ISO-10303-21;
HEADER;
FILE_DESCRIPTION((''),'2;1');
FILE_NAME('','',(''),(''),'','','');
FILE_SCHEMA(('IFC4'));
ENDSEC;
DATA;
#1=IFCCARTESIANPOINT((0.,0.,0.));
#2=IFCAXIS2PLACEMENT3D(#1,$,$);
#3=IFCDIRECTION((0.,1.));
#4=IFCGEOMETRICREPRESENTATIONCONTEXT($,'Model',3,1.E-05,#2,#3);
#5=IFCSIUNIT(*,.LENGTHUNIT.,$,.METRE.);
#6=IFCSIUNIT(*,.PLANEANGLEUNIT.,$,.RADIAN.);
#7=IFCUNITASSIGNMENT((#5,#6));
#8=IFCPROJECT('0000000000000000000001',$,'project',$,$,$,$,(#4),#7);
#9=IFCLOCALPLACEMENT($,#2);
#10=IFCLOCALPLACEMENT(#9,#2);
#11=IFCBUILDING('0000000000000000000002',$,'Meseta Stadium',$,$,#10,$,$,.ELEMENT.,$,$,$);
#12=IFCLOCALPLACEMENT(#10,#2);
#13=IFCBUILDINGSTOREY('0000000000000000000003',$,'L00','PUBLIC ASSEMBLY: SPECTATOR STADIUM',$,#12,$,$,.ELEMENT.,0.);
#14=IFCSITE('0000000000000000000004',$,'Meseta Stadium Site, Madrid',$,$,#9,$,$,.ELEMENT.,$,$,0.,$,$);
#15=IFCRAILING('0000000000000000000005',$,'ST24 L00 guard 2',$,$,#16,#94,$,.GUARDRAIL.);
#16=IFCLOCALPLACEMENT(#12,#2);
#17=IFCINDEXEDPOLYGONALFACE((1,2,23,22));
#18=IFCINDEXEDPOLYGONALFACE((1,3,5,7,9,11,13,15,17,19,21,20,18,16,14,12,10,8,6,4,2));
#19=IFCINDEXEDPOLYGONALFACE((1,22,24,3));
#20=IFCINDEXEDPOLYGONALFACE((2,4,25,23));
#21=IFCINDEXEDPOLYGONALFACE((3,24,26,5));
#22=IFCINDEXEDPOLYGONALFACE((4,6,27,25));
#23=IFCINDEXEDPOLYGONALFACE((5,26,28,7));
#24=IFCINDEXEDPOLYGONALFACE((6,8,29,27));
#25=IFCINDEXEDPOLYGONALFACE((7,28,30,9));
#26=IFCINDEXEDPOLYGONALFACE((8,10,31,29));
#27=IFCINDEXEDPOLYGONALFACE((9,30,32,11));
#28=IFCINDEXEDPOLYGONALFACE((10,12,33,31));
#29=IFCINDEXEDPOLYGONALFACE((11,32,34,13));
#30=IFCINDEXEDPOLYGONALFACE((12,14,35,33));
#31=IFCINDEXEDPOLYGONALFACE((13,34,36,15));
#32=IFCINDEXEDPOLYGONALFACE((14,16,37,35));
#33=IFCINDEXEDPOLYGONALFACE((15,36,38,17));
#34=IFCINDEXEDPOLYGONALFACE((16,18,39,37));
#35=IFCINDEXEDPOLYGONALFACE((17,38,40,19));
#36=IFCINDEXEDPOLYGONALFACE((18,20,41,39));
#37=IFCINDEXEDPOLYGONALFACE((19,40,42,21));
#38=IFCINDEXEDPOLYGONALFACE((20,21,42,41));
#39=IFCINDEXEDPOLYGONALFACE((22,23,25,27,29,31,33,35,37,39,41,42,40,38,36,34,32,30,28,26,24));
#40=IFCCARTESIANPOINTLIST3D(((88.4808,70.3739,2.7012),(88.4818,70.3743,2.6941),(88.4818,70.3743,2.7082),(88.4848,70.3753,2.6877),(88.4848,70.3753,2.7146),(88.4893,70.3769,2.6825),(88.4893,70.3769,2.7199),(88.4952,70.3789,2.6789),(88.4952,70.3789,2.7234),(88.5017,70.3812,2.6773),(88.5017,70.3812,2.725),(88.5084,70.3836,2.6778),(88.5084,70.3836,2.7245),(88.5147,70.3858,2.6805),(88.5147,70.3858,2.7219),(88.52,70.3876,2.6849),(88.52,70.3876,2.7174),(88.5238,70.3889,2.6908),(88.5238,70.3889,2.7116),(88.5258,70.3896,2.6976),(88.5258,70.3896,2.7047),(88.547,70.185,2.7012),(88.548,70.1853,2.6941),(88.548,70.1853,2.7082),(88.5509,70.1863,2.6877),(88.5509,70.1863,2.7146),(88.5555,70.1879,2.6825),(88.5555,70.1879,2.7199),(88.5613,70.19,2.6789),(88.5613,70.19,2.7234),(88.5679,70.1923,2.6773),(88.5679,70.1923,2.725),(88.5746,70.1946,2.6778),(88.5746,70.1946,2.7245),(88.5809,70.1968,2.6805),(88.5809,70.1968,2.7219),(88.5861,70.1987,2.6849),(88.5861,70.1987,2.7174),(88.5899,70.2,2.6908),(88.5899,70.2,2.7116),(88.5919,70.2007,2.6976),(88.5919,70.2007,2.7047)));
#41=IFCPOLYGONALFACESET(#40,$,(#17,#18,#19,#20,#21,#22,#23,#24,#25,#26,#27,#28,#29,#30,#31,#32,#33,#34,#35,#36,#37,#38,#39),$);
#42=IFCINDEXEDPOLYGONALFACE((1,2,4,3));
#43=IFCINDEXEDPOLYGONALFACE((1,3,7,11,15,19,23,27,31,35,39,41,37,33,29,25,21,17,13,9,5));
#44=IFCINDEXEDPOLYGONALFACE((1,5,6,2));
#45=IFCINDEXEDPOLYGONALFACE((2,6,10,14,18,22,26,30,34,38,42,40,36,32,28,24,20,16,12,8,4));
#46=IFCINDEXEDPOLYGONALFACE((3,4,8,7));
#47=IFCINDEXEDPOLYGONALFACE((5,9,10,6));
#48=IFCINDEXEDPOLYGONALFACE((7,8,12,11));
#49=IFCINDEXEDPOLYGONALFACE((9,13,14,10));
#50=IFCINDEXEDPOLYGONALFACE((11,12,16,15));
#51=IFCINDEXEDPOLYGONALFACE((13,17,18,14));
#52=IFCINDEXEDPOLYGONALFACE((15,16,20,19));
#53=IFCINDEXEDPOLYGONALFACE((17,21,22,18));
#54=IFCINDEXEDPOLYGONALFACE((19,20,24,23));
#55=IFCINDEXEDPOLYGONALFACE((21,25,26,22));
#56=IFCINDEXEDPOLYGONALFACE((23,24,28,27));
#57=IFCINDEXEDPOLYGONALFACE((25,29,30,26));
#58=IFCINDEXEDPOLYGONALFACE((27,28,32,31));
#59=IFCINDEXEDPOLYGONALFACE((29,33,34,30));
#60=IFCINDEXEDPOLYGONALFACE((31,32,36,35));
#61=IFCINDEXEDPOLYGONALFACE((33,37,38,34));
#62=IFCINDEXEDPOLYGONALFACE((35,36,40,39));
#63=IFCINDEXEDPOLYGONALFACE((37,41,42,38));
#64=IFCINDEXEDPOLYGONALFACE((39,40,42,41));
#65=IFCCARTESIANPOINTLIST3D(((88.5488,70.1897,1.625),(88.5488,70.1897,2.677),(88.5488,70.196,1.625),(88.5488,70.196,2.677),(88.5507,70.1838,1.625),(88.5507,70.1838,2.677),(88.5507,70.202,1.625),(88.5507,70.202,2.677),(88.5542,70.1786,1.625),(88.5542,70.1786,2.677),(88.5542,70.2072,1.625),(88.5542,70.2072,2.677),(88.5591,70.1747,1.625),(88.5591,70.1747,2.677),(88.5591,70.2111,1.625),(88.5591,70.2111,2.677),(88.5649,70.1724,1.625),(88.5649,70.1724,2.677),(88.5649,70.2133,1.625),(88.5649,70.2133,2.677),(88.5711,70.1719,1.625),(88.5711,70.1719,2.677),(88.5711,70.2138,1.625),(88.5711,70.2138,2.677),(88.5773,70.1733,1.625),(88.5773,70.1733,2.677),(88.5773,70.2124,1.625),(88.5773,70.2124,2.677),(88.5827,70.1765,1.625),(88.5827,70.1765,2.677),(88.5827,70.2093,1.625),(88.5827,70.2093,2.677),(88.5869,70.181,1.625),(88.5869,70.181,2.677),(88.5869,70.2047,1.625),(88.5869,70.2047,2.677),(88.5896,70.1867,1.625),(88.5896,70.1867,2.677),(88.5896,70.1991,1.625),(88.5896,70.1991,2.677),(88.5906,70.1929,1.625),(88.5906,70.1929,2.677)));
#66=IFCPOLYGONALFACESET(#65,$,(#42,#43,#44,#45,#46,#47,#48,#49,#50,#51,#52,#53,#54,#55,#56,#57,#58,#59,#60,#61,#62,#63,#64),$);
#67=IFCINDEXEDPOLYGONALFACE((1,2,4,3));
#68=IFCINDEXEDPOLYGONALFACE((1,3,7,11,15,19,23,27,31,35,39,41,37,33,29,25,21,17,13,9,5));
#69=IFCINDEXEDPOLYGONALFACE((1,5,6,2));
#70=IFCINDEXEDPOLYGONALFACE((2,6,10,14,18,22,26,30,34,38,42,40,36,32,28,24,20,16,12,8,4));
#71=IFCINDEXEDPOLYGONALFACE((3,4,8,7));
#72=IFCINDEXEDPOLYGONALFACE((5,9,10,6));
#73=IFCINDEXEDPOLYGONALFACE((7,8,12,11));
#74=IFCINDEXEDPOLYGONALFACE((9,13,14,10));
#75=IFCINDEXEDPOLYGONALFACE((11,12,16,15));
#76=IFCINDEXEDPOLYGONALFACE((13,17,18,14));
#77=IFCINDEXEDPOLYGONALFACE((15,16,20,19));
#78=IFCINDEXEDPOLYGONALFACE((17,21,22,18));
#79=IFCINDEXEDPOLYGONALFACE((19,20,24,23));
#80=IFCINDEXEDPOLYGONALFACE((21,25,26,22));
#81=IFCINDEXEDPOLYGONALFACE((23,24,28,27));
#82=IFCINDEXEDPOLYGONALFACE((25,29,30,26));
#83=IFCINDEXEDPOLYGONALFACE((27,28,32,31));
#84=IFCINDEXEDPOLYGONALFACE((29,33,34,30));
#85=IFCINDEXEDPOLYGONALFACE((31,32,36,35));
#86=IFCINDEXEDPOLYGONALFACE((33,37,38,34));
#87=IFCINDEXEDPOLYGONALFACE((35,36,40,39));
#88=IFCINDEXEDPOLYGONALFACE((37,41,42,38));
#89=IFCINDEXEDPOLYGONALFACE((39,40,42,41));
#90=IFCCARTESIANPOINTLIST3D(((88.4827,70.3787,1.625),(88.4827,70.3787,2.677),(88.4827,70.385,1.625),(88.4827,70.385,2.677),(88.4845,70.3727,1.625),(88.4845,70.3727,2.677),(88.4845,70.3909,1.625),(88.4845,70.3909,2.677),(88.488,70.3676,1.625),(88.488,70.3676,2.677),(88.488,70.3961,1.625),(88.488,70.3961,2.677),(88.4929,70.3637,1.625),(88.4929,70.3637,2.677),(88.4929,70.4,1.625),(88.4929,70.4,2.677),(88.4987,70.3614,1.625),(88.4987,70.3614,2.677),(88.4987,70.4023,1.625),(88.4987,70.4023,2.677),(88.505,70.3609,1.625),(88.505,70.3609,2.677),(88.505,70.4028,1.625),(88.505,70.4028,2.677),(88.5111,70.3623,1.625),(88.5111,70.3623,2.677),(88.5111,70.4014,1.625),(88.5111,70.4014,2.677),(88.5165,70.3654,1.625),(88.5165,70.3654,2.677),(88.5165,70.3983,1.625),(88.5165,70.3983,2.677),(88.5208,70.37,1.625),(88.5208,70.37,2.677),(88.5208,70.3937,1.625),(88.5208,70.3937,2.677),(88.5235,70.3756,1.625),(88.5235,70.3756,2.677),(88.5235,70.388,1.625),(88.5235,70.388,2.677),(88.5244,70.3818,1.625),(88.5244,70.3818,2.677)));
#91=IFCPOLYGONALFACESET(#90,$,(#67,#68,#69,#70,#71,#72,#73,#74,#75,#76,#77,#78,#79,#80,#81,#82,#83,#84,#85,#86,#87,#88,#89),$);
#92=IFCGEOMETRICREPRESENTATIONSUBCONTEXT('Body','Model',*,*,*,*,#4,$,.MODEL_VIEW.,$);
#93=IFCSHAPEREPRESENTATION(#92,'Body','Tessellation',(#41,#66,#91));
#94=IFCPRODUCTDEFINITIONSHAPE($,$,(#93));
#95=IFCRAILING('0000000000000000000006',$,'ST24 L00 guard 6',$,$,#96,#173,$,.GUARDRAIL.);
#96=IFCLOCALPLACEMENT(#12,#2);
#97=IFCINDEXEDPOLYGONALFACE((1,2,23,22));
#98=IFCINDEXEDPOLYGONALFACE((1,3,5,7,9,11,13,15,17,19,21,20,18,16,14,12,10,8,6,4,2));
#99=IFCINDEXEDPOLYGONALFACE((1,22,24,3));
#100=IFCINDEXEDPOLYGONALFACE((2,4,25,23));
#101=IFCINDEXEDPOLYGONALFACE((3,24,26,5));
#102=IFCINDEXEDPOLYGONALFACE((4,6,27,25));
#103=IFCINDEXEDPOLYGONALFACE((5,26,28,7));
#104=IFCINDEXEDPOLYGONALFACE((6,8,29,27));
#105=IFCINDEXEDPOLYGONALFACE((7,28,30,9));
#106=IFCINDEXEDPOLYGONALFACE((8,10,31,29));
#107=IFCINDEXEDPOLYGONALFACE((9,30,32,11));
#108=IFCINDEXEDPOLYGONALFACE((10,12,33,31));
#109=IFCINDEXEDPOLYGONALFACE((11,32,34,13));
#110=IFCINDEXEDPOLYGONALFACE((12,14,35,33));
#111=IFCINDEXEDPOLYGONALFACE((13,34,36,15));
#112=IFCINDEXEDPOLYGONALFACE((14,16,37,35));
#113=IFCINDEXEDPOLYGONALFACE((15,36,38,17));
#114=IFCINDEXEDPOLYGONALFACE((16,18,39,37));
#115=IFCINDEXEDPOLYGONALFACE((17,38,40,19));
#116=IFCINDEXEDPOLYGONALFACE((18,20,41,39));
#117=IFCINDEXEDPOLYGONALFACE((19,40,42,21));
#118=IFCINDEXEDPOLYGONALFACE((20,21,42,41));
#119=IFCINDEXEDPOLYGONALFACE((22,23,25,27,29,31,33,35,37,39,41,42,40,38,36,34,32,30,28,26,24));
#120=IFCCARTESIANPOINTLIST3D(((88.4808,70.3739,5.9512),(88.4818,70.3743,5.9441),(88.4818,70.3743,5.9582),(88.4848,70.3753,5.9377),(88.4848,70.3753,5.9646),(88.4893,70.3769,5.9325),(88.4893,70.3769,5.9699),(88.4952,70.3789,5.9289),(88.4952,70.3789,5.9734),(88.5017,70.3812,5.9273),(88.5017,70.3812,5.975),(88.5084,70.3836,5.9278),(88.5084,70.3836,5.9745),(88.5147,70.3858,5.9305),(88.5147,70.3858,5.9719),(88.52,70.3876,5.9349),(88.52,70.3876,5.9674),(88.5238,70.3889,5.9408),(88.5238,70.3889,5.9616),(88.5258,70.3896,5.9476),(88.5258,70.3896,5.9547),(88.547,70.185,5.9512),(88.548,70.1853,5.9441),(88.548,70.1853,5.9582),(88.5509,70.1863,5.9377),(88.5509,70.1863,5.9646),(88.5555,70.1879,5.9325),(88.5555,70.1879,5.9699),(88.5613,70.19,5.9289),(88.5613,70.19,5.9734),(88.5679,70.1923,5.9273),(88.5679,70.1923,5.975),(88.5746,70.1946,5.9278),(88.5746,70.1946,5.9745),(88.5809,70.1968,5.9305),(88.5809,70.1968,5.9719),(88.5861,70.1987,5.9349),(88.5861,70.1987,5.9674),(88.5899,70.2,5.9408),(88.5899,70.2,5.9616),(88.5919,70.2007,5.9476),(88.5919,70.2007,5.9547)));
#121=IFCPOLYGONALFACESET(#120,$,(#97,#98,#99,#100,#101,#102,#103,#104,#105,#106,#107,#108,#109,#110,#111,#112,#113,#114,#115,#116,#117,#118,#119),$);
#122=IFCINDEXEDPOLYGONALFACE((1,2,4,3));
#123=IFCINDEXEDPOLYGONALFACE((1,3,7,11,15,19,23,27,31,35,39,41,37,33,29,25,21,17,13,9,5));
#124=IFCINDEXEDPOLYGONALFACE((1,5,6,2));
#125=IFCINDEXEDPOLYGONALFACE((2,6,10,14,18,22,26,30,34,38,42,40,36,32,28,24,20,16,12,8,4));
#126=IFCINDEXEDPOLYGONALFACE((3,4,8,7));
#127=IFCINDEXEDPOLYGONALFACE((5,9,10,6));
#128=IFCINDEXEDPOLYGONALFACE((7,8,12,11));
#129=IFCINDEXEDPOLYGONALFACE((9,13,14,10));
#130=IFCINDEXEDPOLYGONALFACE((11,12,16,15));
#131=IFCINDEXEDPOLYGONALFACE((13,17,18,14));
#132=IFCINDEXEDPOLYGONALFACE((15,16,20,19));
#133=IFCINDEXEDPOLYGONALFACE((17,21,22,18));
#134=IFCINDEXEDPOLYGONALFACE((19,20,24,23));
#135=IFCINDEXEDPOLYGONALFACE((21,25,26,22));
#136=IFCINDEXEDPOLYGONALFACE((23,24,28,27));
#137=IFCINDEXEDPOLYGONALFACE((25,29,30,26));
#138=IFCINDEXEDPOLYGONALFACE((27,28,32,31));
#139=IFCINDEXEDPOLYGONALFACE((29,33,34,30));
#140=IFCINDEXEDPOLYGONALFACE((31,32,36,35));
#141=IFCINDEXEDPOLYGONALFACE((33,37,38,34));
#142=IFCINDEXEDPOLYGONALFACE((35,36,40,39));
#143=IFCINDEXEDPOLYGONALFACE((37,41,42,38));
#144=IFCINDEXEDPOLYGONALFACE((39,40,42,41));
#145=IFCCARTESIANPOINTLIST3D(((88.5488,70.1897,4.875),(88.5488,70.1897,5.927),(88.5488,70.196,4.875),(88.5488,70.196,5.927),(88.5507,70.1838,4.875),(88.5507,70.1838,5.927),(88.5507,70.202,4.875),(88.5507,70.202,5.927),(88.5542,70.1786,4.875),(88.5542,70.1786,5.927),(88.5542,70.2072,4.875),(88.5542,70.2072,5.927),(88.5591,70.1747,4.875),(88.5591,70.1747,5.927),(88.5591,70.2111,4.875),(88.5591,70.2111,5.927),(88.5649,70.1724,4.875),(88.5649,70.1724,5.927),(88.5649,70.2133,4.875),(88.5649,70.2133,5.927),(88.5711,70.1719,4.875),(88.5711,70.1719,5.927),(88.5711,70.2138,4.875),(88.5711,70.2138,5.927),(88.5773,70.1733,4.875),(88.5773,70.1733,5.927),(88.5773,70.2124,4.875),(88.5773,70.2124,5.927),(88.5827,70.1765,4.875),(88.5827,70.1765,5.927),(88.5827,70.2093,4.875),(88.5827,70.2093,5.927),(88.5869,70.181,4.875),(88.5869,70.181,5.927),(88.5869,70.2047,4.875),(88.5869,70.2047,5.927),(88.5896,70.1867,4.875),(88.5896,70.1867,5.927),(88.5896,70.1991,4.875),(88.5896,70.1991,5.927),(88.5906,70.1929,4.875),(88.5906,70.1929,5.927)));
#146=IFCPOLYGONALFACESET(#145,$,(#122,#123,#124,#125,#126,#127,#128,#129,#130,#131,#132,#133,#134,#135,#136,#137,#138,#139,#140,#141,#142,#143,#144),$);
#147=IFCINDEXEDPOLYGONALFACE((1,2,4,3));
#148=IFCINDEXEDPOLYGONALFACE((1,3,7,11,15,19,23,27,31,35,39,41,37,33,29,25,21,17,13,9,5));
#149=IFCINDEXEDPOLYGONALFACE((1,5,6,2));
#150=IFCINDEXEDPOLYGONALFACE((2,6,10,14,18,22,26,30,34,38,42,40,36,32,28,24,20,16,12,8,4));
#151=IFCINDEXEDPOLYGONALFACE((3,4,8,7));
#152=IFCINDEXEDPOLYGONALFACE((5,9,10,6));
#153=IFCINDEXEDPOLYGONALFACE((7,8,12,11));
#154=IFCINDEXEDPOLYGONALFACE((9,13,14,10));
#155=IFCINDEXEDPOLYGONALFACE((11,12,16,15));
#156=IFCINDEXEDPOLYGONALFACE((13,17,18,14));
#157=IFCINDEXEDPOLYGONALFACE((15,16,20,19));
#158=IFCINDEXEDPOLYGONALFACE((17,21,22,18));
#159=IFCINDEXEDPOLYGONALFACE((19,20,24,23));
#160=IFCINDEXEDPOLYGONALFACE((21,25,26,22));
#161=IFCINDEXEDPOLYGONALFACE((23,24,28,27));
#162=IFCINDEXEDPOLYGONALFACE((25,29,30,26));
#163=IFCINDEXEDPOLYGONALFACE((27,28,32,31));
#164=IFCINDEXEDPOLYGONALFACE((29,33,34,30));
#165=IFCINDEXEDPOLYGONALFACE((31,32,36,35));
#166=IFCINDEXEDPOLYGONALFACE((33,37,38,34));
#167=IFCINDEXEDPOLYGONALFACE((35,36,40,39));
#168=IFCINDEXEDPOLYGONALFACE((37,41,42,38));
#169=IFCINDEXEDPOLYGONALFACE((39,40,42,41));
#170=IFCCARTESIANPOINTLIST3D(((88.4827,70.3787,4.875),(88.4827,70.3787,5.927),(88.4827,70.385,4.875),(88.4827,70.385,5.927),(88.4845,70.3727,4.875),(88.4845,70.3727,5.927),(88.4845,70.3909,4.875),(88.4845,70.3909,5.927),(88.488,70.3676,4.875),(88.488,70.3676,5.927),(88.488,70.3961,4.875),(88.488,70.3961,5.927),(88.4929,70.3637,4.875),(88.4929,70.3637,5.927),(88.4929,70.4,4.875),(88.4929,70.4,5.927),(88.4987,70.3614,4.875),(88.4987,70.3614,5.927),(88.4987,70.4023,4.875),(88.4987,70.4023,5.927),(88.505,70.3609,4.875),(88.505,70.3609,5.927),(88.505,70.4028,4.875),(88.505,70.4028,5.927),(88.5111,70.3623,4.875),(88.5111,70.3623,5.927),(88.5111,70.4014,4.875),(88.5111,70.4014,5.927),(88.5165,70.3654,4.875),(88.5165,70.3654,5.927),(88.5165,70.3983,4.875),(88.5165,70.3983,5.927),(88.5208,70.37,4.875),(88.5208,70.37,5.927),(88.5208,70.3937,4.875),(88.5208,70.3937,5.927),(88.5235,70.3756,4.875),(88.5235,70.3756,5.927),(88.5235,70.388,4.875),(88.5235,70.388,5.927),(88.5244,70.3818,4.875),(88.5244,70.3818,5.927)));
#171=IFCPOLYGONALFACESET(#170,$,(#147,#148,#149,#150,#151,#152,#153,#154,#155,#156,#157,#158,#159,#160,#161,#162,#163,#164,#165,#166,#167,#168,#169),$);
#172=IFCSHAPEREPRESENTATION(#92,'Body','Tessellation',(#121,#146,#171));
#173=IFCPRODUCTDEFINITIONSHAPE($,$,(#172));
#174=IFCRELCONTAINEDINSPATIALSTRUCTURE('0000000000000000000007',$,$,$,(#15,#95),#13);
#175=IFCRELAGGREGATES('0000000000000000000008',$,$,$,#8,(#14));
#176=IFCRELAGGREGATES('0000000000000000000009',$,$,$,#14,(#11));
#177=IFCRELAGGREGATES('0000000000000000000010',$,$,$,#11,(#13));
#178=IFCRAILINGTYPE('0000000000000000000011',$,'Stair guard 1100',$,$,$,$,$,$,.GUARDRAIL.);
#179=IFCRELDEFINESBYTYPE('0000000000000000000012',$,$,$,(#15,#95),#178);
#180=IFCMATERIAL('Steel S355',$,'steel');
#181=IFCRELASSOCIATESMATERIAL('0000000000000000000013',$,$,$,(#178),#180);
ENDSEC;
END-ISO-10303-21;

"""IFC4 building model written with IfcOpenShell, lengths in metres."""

from ifc_helpers import new_model, si_unit, direction, frame, origin, origin_2d, place, context, subcontext, project, spatial, circle, extrude, material, type_object, element, save


model = new_model("IFC4")

# Units and contexts
model_context = context("Model", 3, precision=1e-05, world=origin(), true_north=direction((0.0, 1.0)))
body_context = subcontext(model_context, "Body", "Model", "MODEL_VIEW")
ifc_project = project(units=[si_unit("LENGTHUNIT", "METRE"), si_unit("PLANEANGLEUNIT", "RADIAN")], contexts=[model_context])

# Site, building, storey
site_placement = place(None, origin())
site = spatial("IfcSite", under=ifc_project, at=site_placement, Name="Meseta Stadium Site, Madrid", CompositionType="ELEMENT", RefElevation=0.0)
building_placement = place(site_placement, origin())
building = spatial("IfcBuilding", under=site, at=building_placement, Name="Meseta Stadium", CompositionType="ELEMENT")
storey_placement = place(building_placement, origin())
storey = spatial("IfcBuildingStorey", under=building, at=storey_placement, Name="L00", Description="PUBLIC ASSEMBLY: SPECTATOR STADIUM", CompositionType="ELEMENT", Elevation=0.0)

# Railings
ifc_material_1 = material(Name="Steel S355", Category="steel")
railing_type_1 = type_object("IfcRailingType", Name="Stair guard 1100", PredefinedType="GUARDRAIL", material=ifc_material_1)
for number, where, name in (
    (1, (88.5696, 70.1929, 1.625), "ST24 L00 guard 2"),
    (2, (88.5696, 70.1929, 4.875), "ST24 L00 guard 6"),
):
    element("IfcRailing", number, at=place(storey_placement, frame(where)), inside=storey, type_object=railing_type_1, Name=name, PredefinedType="GUARDRAIL", context=body_context, shape_type="SweptSolid", body=[
        extrude(circle(Radius=0.0239, at=origin_2d()), frame((0.0, 0.0, 1.0762), z_axis=(-0.330459, 0.94382, 0.0), x_axis=(-0.94382, -0.330459, 0.0)), (0.0, 0.0, 1.0), 0.2002),
        extrude(circle(Radius=0.021, at=origin_2d()), origin(), (0.0, 0.0, 1.0), 1.052),
        extrude(circle(Radius=0.021, at=origin_2d()), frame((-0.0662, 0.189, 0.0)), (0.0, 0.0, 1.0), 1.052),
    ])

save(model, "model.ifc")
